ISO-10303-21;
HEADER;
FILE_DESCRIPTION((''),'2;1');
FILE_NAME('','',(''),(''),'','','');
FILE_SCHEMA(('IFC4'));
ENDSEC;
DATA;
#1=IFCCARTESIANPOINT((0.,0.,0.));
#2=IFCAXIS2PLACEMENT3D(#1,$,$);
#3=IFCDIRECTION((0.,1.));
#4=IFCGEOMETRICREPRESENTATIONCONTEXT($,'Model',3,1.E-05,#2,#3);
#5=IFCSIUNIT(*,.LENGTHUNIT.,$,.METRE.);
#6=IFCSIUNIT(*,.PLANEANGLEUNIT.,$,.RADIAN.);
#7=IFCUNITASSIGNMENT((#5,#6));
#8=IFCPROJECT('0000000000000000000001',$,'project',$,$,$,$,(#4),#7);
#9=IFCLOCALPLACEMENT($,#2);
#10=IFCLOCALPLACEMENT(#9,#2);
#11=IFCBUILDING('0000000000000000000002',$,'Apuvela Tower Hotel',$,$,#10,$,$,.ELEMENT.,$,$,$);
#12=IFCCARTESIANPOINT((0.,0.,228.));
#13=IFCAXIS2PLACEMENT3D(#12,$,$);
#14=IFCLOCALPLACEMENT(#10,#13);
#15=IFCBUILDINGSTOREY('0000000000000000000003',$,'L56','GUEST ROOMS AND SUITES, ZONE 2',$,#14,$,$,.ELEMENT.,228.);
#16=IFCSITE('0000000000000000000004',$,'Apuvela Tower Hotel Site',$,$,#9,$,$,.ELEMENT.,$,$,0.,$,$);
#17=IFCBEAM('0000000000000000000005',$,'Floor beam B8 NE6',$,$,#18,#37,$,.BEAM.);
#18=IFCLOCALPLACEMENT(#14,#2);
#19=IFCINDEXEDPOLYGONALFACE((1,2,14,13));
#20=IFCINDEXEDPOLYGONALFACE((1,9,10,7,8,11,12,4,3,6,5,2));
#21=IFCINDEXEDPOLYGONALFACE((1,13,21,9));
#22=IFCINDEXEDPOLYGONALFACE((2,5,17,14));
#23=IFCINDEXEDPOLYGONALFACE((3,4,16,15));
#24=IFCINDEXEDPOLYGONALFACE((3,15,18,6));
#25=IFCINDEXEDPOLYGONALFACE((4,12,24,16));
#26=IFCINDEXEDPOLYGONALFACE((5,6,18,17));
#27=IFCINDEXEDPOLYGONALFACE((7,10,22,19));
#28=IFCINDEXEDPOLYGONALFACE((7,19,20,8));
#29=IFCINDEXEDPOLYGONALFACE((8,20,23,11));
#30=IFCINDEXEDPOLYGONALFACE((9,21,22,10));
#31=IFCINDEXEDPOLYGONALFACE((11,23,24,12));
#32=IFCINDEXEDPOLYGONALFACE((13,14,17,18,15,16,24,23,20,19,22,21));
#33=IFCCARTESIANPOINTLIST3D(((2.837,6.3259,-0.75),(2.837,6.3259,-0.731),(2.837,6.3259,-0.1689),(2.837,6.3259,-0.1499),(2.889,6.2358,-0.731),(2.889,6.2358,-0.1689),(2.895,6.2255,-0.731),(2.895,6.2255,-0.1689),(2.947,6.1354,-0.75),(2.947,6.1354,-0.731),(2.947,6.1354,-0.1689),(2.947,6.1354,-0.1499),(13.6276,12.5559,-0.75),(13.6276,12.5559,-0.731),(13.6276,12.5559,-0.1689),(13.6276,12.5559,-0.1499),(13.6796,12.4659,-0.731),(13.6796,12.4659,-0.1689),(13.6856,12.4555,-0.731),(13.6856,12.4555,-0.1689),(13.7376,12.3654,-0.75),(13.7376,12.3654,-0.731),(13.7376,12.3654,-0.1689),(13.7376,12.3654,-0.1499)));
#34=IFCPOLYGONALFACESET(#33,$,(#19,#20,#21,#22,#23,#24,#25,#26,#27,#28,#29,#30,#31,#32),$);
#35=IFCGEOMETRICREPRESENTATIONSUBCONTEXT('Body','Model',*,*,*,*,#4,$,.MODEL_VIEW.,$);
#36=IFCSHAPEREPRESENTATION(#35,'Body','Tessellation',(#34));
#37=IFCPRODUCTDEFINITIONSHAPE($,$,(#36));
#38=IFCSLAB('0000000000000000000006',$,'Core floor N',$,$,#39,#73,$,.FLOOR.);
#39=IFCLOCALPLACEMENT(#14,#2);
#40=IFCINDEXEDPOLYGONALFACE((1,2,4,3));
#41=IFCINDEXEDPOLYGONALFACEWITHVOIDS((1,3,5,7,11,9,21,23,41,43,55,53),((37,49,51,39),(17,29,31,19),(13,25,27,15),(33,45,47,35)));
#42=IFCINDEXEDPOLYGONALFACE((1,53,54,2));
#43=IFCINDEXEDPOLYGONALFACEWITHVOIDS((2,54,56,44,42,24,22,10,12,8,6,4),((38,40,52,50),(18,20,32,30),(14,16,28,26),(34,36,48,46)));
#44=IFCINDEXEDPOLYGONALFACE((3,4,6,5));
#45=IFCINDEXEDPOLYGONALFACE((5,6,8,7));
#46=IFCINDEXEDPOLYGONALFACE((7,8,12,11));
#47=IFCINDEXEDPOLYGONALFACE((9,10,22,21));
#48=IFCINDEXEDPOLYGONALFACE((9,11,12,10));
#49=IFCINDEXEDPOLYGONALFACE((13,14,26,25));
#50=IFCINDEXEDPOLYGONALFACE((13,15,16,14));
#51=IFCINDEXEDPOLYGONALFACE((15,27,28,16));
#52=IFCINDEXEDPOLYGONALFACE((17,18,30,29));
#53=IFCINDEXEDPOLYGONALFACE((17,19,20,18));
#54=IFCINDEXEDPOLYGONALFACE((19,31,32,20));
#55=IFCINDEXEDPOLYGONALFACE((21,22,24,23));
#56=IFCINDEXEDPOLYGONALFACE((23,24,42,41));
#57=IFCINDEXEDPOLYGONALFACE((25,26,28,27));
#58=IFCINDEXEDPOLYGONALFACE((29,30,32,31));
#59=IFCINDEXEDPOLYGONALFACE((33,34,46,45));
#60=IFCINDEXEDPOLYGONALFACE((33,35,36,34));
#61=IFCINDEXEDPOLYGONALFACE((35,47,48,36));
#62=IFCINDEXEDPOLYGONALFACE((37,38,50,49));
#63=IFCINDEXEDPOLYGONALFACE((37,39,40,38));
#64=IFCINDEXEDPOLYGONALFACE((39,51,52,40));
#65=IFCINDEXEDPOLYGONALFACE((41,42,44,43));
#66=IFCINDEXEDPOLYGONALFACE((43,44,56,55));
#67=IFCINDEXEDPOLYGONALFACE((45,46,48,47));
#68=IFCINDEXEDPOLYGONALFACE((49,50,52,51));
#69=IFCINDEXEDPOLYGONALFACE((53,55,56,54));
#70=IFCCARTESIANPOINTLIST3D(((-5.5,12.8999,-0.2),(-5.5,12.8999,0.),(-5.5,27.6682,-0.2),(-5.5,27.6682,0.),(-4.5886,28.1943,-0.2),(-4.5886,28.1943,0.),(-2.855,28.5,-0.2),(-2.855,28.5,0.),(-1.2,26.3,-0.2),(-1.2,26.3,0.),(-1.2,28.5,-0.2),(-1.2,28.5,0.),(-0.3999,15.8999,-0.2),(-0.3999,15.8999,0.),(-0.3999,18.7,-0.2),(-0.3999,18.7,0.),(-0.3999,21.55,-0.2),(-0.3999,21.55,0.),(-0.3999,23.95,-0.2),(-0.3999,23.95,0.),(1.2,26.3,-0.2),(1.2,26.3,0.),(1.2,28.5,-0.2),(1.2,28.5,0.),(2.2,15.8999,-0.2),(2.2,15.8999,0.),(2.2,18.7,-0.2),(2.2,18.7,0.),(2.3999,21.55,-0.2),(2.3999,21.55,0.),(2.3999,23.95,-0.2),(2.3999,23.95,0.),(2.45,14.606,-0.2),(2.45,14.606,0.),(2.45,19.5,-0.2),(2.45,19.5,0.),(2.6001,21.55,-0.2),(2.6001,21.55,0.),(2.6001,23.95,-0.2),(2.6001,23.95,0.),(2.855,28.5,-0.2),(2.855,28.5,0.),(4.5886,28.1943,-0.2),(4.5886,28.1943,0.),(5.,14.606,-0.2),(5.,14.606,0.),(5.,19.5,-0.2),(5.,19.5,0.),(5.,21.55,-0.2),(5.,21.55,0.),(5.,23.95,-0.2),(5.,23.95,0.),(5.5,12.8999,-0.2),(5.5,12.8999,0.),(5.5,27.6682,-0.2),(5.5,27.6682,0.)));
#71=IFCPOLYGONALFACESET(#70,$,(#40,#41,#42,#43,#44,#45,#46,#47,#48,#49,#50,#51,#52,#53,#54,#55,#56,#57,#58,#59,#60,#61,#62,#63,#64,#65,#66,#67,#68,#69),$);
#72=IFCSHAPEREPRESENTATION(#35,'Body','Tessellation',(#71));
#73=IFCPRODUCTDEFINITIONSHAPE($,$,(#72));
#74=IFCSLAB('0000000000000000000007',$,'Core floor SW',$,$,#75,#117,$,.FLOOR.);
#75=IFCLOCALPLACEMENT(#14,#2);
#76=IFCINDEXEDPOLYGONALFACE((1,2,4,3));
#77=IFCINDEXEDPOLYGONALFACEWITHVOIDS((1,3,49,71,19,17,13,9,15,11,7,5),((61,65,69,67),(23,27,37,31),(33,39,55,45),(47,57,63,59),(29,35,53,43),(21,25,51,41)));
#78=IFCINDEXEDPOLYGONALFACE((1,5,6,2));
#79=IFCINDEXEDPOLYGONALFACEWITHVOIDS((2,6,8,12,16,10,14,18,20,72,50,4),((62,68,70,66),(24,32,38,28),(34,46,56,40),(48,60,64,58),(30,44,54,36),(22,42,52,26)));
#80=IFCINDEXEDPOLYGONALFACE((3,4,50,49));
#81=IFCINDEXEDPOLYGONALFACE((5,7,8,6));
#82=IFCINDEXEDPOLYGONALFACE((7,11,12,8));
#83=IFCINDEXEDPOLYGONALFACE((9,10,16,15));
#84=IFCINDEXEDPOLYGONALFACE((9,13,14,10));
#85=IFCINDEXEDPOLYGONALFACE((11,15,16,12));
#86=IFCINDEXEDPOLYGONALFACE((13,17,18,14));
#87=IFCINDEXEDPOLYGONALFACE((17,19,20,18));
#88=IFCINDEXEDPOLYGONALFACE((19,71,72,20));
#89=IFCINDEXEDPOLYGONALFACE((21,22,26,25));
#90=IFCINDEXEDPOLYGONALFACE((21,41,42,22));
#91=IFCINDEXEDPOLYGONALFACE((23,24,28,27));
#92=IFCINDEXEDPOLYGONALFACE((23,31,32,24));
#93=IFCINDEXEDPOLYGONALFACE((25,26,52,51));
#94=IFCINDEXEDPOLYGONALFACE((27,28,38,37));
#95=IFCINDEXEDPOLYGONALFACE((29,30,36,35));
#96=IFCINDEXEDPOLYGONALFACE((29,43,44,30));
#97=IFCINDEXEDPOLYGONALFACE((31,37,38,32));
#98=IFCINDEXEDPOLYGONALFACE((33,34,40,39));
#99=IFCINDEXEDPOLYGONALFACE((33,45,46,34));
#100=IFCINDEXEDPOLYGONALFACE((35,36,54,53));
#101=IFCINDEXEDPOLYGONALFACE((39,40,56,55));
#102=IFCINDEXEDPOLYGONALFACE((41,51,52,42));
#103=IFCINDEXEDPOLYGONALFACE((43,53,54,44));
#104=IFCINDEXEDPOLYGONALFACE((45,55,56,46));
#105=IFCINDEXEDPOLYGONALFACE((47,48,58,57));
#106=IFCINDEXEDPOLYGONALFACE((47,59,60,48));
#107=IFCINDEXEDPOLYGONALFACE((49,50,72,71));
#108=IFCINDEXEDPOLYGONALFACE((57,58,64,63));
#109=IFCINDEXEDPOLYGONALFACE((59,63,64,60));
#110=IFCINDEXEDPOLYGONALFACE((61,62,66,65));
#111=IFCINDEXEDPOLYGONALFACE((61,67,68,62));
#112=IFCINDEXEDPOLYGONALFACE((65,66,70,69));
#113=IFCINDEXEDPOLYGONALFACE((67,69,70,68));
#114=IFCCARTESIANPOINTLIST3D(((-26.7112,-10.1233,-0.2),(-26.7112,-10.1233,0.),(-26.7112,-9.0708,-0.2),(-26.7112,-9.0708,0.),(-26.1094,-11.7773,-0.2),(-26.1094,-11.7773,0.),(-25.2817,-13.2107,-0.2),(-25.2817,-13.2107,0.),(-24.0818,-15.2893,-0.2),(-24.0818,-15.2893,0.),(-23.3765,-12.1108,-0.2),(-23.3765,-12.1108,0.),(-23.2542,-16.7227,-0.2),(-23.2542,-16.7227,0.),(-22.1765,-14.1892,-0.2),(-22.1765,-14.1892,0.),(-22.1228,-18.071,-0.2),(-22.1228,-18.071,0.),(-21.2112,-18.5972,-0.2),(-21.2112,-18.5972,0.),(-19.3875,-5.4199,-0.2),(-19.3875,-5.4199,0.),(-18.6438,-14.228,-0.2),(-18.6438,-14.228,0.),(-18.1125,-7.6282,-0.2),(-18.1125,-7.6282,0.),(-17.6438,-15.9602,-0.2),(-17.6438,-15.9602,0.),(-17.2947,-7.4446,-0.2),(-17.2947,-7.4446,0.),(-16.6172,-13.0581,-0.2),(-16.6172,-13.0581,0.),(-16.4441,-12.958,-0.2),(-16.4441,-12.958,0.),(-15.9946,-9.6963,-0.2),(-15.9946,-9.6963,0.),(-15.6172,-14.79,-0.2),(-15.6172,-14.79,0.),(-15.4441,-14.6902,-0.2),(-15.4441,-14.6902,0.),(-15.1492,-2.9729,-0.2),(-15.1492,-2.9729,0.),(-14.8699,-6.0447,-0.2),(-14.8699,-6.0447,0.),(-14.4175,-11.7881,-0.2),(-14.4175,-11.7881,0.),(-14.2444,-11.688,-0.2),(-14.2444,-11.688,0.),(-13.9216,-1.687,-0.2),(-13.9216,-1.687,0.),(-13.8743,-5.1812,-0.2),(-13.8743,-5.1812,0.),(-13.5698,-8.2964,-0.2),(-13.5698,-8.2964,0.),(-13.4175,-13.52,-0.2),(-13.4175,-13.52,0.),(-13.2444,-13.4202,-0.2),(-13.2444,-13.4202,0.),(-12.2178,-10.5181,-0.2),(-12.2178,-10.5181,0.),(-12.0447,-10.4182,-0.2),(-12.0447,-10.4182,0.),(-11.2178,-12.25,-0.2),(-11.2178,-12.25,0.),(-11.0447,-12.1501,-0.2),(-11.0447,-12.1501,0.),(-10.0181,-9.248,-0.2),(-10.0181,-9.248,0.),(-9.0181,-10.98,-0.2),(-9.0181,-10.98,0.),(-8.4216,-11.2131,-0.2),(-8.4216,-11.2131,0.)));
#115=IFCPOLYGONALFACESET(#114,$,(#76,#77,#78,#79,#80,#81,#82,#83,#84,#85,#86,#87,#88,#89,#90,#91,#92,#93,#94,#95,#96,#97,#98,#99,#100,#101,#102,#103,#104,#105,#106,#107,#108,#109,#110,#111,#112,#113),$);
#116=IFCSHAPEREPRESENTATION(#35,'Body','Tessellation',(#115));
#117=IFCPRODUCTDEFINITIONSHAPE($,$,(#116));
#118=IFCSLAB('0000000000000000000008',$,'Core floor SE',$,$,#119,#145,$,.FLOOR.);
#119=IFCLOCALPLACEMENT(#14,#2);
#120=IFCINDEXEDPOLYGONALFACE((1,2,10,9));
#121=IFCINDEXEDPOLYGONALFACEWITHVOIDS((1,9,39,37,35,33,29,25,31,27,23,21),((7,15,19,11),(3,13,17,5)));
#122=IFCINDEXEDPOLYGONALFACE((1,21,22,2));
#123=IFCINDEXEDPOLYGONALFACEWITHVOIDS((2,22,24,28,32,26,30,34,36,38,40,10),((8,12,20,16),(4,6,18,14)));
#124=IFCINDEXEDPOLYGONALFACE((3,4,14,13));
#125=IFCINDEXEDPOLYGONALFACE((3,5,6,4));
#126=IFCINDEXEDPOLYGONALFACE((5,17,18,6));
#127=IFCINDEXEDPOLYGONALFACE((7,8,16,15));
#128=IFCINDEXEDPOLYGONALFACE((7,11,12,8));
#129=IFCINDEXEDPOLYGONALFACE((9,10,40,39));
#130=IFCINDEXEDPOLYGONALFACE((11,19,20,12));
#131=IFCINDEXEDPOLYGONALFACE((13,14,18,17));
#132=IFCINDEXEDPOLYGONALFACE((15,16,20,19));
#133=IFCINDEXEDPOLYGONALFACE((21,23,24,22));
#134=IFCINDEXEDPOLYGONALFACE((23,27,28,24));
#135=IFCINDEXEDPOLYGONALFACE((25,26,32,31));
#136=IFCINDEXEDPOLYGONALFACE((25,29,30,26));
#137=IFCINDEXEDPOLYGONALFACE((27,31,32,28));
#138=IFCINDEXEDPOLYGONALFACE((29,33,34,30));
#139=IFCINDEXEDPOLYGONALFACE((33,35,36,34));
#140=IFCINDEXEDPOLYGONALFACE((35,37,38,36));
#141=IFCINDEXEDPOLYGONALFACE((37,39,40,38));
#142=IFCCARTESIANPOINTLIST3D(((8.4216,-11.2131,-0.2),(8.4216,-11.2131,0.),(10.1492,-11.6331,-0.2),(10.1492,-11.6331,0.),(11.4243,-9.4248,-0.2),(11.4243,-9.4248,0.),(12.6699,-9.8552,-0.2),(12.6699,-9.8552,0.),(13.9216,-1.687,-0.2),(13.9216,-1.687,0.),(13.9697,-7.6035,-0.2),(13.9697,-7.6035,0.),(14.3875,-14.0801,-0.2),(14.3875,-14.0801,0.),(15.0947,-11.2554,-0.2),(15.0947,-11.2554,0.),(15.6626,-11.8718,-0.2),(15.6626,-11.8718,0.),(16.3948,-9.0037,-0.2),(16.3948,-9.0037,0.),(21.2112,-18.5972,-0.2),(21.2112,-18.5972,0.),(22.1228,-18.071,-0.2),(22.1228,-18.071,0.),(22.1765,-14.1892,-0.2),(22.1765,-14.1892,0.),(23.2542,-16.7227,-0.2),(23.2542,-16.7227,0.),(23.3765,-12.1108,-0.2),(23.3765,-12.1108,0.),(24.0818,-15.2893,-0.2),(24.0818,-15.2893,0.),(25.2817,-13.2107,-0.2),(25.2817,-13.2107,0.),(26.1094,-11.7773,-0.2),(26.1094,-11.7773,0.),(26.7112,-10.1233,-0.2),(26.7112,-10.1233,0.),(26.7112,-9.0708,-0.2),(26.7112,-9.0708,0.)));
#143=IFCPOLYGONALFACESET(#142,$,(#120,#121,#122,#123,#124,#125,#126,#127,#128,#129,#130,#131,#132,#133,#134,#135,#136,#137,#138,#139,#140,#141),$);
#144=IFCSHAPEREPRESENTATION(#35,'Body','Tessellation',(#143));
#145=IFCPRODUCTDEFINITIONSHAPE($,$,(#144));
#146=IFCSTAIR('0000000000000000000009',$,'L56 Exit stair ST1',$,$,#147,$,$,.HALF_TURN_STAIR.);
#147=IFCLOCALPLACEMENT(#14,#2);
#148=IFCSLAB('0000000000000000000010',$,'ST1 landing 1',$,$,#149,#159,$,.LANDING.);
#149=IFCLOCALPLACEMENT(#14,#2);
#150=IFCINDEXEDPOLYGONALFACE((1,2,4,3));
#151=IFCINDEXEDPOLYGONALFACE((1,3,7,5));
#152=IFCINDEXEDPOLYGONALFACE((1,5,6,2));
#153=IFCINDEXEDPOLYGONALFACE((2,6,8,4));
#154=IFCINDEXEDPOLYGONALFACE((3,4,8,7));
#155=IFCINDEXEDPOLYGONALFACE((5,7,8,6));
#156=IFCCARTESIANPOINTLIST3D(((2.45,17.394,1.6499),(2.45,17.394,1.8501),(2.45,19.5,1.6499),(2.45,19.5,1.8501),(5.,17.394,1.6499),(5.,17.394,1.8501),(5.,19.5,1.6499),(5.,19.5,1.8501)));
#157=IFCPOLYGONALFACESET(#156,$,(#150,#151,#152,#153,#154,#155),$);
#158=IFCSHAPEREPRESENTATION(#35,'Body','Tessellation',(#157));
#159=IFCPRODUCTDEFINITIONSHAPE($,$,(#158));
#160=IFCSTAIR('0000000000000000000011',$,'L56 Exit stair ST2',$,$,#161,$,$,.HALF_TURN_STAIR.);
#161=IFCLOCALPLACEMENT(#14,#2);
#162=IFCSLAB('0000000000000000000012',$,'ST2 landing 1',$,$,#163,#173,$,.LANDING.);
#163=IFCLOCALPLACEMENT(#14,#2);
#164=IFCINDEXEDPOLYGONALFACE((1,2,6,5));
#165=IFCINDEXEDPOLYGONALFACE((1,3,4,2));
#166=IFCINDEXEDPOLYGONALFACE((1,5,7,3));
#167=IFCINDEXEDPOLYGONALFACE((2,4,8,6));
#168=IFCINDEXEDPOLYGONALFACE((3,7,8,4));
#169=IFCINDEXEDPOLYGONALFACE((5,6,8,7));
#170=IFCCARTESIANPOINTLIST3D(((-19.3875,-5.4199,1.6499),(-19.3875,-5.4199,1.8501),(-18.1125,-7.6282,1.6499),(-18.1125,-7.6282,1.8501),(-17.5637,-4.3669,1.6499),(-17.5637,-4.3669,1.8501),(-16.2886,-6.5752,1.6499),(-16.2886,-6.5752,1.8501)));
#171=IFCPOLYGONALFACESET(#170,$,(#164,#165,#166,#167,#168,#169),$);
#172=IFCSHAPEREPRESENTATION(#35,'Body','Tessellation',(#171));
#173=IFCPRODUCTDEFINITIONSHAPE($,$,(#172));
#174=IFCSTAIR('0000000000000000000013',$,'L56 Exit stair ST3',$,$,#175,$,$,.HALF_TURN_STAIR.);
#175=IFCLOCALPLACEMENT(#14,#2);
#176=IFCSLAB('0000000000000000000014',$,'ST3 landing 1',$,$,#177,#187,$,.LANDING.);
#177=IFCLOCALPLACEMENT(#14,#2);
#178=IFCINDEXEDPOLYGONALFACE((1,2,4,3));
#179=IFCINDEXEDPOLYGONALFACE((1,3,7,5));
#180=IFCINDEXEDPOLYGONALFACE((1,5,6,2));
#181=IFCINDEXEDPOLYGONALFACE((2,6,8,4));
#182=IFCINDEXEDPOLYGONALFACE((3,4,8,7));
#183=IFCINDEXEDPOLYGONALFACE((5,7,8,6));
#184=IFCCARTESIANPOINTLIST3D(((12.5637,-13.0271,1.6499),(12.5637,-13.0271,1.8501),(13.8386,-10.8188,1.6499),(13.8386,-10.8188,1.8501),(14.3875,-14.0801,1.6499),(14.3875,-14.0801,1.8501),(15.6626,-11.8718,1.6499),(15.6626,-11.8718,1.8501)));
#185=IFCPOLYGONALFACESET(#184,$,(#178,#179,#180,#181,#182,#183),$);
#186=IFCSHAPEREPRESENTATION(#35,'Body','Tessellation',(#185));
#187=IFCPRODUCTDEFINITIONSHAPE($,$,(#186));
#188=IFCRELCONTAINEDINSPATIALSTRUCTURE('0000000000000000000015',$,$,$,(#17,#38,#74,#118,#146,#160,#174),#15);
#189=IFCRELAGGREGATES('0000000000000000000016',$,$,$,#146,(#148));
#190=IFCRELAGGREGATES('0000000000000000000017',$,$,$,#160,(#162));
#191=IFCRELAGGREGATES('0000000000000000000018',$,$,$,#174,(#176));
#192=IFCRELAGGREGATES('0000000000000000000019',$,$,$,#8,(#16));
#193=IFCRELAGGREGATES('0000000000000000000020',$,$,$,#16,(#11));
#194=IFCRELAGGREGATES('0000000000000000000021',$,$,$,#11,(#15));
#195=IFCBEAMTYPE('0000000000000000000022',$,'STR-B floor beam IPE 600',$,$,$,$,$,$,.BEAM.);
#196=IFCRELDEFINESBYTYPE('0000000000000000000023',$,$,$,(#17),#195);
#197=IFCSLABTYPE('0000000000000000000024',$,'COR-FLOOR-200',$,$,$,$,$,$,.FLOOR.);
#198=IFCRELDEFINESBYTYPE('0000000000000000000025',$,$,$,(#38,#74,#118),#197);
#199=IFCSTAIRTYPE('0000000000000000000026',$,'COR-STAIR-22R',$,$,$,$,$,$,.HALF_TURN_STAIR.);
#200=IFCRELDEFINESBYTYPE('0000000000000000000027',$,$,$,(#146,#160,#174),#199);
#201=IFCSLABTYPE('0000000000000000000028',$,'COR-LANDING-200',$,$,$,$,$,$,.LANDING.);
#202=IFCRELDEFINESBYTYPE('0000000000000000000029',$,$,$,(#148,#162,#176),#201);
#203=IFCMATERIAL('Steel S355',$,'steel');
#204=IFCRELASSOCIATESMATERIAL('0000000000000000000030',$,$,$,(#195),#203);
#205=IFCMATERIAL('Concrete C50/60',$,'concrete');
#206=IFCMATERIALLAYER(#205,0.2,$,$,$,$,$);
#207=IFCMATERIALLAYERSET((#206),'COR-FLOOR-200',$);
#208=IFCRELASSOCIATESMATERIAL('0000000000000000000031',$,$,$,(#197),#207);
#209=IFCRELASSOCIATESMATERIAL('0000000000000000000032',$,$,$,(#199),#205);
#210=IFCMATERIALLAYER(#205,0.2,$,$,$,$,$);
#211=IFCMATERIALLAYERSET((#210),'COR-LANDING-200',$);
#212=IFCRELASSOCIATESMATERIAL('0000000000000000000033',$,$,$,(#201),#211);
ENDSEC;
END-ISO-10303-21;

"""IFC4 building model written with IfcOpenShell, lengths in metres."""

from ifc_helpers import new_model, si_unit, direction, frame, origin, origin_2d, place, context, subcontext, project, spatial, polyline, i_section, outline, extrude, material, layer, layer_set, material_profile, profile_set, type_object, element, aggregate, save


model = new_model("IFC4")

# Units and contexts
model_context = context("Model", 3, precision=1e-05, world=origin(), true_north=direction((0.0, 1.0)))
body_context = subcontext(model_context, "Body", "Model", "MODEL_VIEW")
ifc_project = project(units=[si_unit("LENGTHUNIT", "METRE"), si_unit("PLANEANGLEUNIT", "RADIAN")], contexts=[model_context])

# Site, building, storey
site_placement = place(None, origin())
site = spatial("IfcSite", under=ifc_project, at=site_placement, Name="Apuvela Tower Hotel Site", CompositionType="ELEMENT", RefElevation=0.0)
building_placement = place(site_placement, origin())
building = spatial("IfcBuilding", under=site, at=building_placement, Name="Apuvela Tower Hotel", CompositionType="ELEMENT")
storey_placement = place(building_placement, frame((0.0, 0.0, 228.0)))
storey = spatial("IfcBuildingStorey", under=building, at=storey_placement, Name="L56", Description="GUEST ROOMS AND SUITES, ZONE 2", CompositionType="ELEMENT", Elevation=228.0)

# Beam
ifc_material_1 = material(Name="Steel S355", Category="steel")
ifc_material_profile = material_profile(ifc_material_1, i_section(OverallWidth=0.22, OverallDepth=0.6001, WebThickness=0.012, FlangeThickness=0.019, at=origin_2d()), Name="IPE 600")
ifc_profile_set = profile_set([ifc_material_profile], Name="Steel S355")
beam_type = type_object("IfcBeamType", Name="STR-B floor beam IPE 600", PredefinedType="BEAM", material=ifc_profile_set)
beam_placement = place(storey_placement, frame((13.6826, 12.4607, -0.45), z_axis=(-0.866023, -0.500004, 0.0), x_axis=(0.500004, -0.866023, 0.0)))
element("IfcBeam", 1, at=beam_placement, inside=storey, type_object=beam_type, Name="Floor beam B8 NE6", PredefinedType="BEAM", context=body_context, shape_type="SweptSolid", body=[
    extrude(i_section(OverallWidth=0.22, OverallDepth=0.6001, WebThickness=0.012, FlangeThickness=0.019, at=origin_2d()), origin(), (0.0, 0.0, 1.0), 12.46),
])

# Slabs
ifc_material_2 = material(Name="Concrete C50/60", Category="concrete")
ifc_layer_1 = layer(ifc_material_2, 0.2)
ifc_layer_set_1 = layer_set([ifc_layer_1], Name="COR-FLOOR-200")
slab_type_1 = type_object("IfcSlabType", Name="COR-FLOOR-200", PredefinedType="FLOOR", material=ifc_layer_set_1)
slab_1_placement = place(storey_placement, frame((0.0, 0.0, -0.2)))
element("IfcSlab", 2, at=slab_1_placement, inside=storey, type_object=slab_type_1, Name="Core floor N", PredefinedType="FLOOR", context=body_context, shape_type="SweptSolid", body=[
    extrude(outline(polyline([(5.5, 27.6682), (4.5886, 28.1943), (2.855, 28.5), (1.2, 28.5), (1.2, 26.3), (-1.2, 26.3), (-1.2, 28.5), (-2.855, 28.5), (-4.5886, 28.1943), (-5.5, 27.6682), (-5.5, 12.8999), (5.5, 12.8999), (5.5, 27.6682)]), holes=[polyline([(5.0, 14.606), (2.45, 14.606), (2.45, 19.5), (5.0, 19.5), (5.0, 14.606)]), polyline([(2.2, 15.8999), (-0.3999, 15.8999), (-0.3999, 18.7), (2.2, 18.7), (2.2, 15.8999)]), polyline([(5.0, 21.55), (2.6001, 21.55), (2.6001, 23.95), (5.0, 23.95), (5.0, 21.55)]), polyline([(2.3999, 21.55), (-0.3999, 21.55), (-0.3999, 23.95), (2.3999, 23.95), (2.3999, 21.55)])]), origin(), (0.0, 0.0, 1.0), 0.2),
])
slab_2_placement = place(storey_placement, frame((0.0, 0.0, -0.2)))
element("IfcSlab", 3, at=slab_2_placement, inside=storey, type_object=slab_type_1, Name="Core floor SW", PredefinedType="FLOOR", context=body_context, shape_type="SweptSolid", body=[
    extrude(outline(polyline([(-26.7112, -9.0708), (-26.7112, -10.1233), (-26.1094, -11.7773), (-25.2817, -13.2107), (-23.3765, -12.1108), (-22.1765, -14.1892), (-24.0818, -15.2893), (-23.2542, -16.7227), (-22.1228, -18.071), (-21.2112, -18.5972), (-8.4216, -11.2131), (-13.9216, -1.687), (-26.7112, -9.0708)]), holes=[polyline([(-10.0181, -9.248), (-9.0181, -10.98), (-11.0447, -12.1501), (-12.0447, -10.4182), (-10.0181, -9.248)]), polyline([(-14.2444, -11.688), (-12.2178, -10.5181), (-11.2178, -12.25), (-13.2444, -13.4202), (-14.2444, -11.688)]), polyline([(-19.3875, -5.4199), (-15.1492, -2.9729), (-13.8743, -5.1812), (-18.1125, -7.6282), (-19.3875, -5.4199)]), polyline([(-14.8699, -6.0447), (-13.5698, -8.2964), (-15.9946, -9.6963), (-17.2947, -7.4446), (-14.8699, -6.0447)]), polyline([(-16.4441, -12.958), (-14.4175, -11.7881), (-13.4175, -13.52), (-15.4441, -14.6902), (-16.4441, -12.958)]), polyline([(-18.6438, -14.228), (-16.6172, -13.0581), (-15.6172, -14.79), (-17.6438, -15.9602), (-18.6438, -14.228)])]), origin(), (0.0, 0.0, 1.0), 0.2),
])
slab_3_placement = place(storey_placement, frame((0.0, 0.0, -0.2)))
element("IfcSlab", 4, at=slab_3_placement, inside=storey, type_object=slab_type_1, Name="Core floor SE", PredefinedType="FLOOR", context=body_context, shape_type="SweptSolid", body=[
    extrude(outline(polyline([(21.2112, -18.5972), (22.1228, -18.071), (23.2542, -16.7227), (24.0818, -15.2893), (22.1765, -14.1892), (23.3765, -12.1108), (25.2817, -13.2107), (26.1094, -11.7773), (26.7112, -10.1233), (26.7112, -9.0708), (13.9216, -1.687), (8.4216, -11.2131), (21.2112, -18.5972)]), holes=[polyline([(11.4243, -9.4248), (15.6626, -11.8718), (14.3875, -14.0801), (10.1492, -11.6331), (11.4243, -9.4248)]), polyline([(13.9697, -7.6035), (16.3948, -9.0037), (15.0947, -11.2554), (12.6699, -9.8552), (13.9697, -7.6035)])]), origin(), (0.0, 0.0, 1.0), 0.2),
])

# Stairs, slabs
stair_type = type_object("IfcStairType", Name="COR-STAIR-22R", PredefinedType="HALF_TURN_STAIR", material=ifc_material_2)
stair_1_placement = place(storey_placement, origin())
stair_1 = element("IfcStair", 5, at=stair_1_placement, inside=storey, type_object=stair_type, Name="L56 Exit stair ST1", PredefinedType="HALF_TURN_STAIR")
ifc_layer_2 = layer(ifc_material_2, 0.2)
ifc_layer_set_2 = layer_set([ifc_layer_2], Name="COR-LANDING-200")
slab_type_2 = type_object("IfcSlabType", Name="COR-LANDING-200", PredefinedType="LANDING", material=ifc_layer_set_2)
slab_4_placement = place(storey_placement, frame((0.0, 0.0, 1.6499)))
slab_4 = element("IfcSlab", 6, at=slab_4_placement, type_object=slab_type_2, Name="ST1 landing 1", PredefinedType="LANDING", context=body_context, shape_type="SweptSolid", body=[
    extrude(outline(polyline([(5.0, 17.394), (5.0, 19.5), (2.45, 19.5), (2.45, 17.394), (5.0, 17.394)])), origin(), (0.0, 0.0, 1.0), 0.2002),
])
aggregate(stair_1, [slab_4])
stair_2_placement = place(storey_placement, origin())
stair_2 = element("IfcStair", 7, at=stair_2_placement, inside=storey, type_object=stair_type, Name="L56 Exit stair ST2", PredefinedType="HALF_TURN_STAIR")
slab_5_placement = place(storey_placement, frame((0.0, 0.0, 1.6499)))
slab_5 = element("IfcSlab", 8, at=slab_5_placement, type_object=slab_type_2, Name="ST2 landing 1", PredefinedType="LANDING", context=body_context, shape_type="SweptSolid", body=[
    extrude(outline(polyline([(-17.5637, -4.3669), (-19.3875, -5.4199), (-18.1125, -7.6282), (-16.2886, -6.5752), (-17.5637, -4.3669)])), origin(), (0.0, 0.0, 1.0), 0.2002),
])
aggregate(stair_2, [slab_5])
stair_3_placement = place(storey_placement, origin())
stair_3 = element("IfcStair", 9, at=stair_3_placement, inside=storey, type_object=stair_type, Name="L56 Exit stair ST3", PredefinedType="HALF_TURN_STAIR")
slab_6_placement = place(storey_placement, frame((0.0, 0.0, 1.6499)))
slab_6 = element("IfcSlab", 10, at=slab_6_placement, type_object=slab_type_2, Name="ST3 landing 1", PredefinedType="LANDING", context=body_context, shape_type="SweptSolid", body=[
    extrude(outline(polyline([(12.5637, -13.0271), (14.3875, -14.0801), (15.6626, -11.8718), (13.8386, -10.8188), (12.5637, -13.0271)])), origin(), (0.0, 0.0, 1.0), 0.2002),
])
aggregate(stair_3, [slab_6])

save(model, "model.ifc")
